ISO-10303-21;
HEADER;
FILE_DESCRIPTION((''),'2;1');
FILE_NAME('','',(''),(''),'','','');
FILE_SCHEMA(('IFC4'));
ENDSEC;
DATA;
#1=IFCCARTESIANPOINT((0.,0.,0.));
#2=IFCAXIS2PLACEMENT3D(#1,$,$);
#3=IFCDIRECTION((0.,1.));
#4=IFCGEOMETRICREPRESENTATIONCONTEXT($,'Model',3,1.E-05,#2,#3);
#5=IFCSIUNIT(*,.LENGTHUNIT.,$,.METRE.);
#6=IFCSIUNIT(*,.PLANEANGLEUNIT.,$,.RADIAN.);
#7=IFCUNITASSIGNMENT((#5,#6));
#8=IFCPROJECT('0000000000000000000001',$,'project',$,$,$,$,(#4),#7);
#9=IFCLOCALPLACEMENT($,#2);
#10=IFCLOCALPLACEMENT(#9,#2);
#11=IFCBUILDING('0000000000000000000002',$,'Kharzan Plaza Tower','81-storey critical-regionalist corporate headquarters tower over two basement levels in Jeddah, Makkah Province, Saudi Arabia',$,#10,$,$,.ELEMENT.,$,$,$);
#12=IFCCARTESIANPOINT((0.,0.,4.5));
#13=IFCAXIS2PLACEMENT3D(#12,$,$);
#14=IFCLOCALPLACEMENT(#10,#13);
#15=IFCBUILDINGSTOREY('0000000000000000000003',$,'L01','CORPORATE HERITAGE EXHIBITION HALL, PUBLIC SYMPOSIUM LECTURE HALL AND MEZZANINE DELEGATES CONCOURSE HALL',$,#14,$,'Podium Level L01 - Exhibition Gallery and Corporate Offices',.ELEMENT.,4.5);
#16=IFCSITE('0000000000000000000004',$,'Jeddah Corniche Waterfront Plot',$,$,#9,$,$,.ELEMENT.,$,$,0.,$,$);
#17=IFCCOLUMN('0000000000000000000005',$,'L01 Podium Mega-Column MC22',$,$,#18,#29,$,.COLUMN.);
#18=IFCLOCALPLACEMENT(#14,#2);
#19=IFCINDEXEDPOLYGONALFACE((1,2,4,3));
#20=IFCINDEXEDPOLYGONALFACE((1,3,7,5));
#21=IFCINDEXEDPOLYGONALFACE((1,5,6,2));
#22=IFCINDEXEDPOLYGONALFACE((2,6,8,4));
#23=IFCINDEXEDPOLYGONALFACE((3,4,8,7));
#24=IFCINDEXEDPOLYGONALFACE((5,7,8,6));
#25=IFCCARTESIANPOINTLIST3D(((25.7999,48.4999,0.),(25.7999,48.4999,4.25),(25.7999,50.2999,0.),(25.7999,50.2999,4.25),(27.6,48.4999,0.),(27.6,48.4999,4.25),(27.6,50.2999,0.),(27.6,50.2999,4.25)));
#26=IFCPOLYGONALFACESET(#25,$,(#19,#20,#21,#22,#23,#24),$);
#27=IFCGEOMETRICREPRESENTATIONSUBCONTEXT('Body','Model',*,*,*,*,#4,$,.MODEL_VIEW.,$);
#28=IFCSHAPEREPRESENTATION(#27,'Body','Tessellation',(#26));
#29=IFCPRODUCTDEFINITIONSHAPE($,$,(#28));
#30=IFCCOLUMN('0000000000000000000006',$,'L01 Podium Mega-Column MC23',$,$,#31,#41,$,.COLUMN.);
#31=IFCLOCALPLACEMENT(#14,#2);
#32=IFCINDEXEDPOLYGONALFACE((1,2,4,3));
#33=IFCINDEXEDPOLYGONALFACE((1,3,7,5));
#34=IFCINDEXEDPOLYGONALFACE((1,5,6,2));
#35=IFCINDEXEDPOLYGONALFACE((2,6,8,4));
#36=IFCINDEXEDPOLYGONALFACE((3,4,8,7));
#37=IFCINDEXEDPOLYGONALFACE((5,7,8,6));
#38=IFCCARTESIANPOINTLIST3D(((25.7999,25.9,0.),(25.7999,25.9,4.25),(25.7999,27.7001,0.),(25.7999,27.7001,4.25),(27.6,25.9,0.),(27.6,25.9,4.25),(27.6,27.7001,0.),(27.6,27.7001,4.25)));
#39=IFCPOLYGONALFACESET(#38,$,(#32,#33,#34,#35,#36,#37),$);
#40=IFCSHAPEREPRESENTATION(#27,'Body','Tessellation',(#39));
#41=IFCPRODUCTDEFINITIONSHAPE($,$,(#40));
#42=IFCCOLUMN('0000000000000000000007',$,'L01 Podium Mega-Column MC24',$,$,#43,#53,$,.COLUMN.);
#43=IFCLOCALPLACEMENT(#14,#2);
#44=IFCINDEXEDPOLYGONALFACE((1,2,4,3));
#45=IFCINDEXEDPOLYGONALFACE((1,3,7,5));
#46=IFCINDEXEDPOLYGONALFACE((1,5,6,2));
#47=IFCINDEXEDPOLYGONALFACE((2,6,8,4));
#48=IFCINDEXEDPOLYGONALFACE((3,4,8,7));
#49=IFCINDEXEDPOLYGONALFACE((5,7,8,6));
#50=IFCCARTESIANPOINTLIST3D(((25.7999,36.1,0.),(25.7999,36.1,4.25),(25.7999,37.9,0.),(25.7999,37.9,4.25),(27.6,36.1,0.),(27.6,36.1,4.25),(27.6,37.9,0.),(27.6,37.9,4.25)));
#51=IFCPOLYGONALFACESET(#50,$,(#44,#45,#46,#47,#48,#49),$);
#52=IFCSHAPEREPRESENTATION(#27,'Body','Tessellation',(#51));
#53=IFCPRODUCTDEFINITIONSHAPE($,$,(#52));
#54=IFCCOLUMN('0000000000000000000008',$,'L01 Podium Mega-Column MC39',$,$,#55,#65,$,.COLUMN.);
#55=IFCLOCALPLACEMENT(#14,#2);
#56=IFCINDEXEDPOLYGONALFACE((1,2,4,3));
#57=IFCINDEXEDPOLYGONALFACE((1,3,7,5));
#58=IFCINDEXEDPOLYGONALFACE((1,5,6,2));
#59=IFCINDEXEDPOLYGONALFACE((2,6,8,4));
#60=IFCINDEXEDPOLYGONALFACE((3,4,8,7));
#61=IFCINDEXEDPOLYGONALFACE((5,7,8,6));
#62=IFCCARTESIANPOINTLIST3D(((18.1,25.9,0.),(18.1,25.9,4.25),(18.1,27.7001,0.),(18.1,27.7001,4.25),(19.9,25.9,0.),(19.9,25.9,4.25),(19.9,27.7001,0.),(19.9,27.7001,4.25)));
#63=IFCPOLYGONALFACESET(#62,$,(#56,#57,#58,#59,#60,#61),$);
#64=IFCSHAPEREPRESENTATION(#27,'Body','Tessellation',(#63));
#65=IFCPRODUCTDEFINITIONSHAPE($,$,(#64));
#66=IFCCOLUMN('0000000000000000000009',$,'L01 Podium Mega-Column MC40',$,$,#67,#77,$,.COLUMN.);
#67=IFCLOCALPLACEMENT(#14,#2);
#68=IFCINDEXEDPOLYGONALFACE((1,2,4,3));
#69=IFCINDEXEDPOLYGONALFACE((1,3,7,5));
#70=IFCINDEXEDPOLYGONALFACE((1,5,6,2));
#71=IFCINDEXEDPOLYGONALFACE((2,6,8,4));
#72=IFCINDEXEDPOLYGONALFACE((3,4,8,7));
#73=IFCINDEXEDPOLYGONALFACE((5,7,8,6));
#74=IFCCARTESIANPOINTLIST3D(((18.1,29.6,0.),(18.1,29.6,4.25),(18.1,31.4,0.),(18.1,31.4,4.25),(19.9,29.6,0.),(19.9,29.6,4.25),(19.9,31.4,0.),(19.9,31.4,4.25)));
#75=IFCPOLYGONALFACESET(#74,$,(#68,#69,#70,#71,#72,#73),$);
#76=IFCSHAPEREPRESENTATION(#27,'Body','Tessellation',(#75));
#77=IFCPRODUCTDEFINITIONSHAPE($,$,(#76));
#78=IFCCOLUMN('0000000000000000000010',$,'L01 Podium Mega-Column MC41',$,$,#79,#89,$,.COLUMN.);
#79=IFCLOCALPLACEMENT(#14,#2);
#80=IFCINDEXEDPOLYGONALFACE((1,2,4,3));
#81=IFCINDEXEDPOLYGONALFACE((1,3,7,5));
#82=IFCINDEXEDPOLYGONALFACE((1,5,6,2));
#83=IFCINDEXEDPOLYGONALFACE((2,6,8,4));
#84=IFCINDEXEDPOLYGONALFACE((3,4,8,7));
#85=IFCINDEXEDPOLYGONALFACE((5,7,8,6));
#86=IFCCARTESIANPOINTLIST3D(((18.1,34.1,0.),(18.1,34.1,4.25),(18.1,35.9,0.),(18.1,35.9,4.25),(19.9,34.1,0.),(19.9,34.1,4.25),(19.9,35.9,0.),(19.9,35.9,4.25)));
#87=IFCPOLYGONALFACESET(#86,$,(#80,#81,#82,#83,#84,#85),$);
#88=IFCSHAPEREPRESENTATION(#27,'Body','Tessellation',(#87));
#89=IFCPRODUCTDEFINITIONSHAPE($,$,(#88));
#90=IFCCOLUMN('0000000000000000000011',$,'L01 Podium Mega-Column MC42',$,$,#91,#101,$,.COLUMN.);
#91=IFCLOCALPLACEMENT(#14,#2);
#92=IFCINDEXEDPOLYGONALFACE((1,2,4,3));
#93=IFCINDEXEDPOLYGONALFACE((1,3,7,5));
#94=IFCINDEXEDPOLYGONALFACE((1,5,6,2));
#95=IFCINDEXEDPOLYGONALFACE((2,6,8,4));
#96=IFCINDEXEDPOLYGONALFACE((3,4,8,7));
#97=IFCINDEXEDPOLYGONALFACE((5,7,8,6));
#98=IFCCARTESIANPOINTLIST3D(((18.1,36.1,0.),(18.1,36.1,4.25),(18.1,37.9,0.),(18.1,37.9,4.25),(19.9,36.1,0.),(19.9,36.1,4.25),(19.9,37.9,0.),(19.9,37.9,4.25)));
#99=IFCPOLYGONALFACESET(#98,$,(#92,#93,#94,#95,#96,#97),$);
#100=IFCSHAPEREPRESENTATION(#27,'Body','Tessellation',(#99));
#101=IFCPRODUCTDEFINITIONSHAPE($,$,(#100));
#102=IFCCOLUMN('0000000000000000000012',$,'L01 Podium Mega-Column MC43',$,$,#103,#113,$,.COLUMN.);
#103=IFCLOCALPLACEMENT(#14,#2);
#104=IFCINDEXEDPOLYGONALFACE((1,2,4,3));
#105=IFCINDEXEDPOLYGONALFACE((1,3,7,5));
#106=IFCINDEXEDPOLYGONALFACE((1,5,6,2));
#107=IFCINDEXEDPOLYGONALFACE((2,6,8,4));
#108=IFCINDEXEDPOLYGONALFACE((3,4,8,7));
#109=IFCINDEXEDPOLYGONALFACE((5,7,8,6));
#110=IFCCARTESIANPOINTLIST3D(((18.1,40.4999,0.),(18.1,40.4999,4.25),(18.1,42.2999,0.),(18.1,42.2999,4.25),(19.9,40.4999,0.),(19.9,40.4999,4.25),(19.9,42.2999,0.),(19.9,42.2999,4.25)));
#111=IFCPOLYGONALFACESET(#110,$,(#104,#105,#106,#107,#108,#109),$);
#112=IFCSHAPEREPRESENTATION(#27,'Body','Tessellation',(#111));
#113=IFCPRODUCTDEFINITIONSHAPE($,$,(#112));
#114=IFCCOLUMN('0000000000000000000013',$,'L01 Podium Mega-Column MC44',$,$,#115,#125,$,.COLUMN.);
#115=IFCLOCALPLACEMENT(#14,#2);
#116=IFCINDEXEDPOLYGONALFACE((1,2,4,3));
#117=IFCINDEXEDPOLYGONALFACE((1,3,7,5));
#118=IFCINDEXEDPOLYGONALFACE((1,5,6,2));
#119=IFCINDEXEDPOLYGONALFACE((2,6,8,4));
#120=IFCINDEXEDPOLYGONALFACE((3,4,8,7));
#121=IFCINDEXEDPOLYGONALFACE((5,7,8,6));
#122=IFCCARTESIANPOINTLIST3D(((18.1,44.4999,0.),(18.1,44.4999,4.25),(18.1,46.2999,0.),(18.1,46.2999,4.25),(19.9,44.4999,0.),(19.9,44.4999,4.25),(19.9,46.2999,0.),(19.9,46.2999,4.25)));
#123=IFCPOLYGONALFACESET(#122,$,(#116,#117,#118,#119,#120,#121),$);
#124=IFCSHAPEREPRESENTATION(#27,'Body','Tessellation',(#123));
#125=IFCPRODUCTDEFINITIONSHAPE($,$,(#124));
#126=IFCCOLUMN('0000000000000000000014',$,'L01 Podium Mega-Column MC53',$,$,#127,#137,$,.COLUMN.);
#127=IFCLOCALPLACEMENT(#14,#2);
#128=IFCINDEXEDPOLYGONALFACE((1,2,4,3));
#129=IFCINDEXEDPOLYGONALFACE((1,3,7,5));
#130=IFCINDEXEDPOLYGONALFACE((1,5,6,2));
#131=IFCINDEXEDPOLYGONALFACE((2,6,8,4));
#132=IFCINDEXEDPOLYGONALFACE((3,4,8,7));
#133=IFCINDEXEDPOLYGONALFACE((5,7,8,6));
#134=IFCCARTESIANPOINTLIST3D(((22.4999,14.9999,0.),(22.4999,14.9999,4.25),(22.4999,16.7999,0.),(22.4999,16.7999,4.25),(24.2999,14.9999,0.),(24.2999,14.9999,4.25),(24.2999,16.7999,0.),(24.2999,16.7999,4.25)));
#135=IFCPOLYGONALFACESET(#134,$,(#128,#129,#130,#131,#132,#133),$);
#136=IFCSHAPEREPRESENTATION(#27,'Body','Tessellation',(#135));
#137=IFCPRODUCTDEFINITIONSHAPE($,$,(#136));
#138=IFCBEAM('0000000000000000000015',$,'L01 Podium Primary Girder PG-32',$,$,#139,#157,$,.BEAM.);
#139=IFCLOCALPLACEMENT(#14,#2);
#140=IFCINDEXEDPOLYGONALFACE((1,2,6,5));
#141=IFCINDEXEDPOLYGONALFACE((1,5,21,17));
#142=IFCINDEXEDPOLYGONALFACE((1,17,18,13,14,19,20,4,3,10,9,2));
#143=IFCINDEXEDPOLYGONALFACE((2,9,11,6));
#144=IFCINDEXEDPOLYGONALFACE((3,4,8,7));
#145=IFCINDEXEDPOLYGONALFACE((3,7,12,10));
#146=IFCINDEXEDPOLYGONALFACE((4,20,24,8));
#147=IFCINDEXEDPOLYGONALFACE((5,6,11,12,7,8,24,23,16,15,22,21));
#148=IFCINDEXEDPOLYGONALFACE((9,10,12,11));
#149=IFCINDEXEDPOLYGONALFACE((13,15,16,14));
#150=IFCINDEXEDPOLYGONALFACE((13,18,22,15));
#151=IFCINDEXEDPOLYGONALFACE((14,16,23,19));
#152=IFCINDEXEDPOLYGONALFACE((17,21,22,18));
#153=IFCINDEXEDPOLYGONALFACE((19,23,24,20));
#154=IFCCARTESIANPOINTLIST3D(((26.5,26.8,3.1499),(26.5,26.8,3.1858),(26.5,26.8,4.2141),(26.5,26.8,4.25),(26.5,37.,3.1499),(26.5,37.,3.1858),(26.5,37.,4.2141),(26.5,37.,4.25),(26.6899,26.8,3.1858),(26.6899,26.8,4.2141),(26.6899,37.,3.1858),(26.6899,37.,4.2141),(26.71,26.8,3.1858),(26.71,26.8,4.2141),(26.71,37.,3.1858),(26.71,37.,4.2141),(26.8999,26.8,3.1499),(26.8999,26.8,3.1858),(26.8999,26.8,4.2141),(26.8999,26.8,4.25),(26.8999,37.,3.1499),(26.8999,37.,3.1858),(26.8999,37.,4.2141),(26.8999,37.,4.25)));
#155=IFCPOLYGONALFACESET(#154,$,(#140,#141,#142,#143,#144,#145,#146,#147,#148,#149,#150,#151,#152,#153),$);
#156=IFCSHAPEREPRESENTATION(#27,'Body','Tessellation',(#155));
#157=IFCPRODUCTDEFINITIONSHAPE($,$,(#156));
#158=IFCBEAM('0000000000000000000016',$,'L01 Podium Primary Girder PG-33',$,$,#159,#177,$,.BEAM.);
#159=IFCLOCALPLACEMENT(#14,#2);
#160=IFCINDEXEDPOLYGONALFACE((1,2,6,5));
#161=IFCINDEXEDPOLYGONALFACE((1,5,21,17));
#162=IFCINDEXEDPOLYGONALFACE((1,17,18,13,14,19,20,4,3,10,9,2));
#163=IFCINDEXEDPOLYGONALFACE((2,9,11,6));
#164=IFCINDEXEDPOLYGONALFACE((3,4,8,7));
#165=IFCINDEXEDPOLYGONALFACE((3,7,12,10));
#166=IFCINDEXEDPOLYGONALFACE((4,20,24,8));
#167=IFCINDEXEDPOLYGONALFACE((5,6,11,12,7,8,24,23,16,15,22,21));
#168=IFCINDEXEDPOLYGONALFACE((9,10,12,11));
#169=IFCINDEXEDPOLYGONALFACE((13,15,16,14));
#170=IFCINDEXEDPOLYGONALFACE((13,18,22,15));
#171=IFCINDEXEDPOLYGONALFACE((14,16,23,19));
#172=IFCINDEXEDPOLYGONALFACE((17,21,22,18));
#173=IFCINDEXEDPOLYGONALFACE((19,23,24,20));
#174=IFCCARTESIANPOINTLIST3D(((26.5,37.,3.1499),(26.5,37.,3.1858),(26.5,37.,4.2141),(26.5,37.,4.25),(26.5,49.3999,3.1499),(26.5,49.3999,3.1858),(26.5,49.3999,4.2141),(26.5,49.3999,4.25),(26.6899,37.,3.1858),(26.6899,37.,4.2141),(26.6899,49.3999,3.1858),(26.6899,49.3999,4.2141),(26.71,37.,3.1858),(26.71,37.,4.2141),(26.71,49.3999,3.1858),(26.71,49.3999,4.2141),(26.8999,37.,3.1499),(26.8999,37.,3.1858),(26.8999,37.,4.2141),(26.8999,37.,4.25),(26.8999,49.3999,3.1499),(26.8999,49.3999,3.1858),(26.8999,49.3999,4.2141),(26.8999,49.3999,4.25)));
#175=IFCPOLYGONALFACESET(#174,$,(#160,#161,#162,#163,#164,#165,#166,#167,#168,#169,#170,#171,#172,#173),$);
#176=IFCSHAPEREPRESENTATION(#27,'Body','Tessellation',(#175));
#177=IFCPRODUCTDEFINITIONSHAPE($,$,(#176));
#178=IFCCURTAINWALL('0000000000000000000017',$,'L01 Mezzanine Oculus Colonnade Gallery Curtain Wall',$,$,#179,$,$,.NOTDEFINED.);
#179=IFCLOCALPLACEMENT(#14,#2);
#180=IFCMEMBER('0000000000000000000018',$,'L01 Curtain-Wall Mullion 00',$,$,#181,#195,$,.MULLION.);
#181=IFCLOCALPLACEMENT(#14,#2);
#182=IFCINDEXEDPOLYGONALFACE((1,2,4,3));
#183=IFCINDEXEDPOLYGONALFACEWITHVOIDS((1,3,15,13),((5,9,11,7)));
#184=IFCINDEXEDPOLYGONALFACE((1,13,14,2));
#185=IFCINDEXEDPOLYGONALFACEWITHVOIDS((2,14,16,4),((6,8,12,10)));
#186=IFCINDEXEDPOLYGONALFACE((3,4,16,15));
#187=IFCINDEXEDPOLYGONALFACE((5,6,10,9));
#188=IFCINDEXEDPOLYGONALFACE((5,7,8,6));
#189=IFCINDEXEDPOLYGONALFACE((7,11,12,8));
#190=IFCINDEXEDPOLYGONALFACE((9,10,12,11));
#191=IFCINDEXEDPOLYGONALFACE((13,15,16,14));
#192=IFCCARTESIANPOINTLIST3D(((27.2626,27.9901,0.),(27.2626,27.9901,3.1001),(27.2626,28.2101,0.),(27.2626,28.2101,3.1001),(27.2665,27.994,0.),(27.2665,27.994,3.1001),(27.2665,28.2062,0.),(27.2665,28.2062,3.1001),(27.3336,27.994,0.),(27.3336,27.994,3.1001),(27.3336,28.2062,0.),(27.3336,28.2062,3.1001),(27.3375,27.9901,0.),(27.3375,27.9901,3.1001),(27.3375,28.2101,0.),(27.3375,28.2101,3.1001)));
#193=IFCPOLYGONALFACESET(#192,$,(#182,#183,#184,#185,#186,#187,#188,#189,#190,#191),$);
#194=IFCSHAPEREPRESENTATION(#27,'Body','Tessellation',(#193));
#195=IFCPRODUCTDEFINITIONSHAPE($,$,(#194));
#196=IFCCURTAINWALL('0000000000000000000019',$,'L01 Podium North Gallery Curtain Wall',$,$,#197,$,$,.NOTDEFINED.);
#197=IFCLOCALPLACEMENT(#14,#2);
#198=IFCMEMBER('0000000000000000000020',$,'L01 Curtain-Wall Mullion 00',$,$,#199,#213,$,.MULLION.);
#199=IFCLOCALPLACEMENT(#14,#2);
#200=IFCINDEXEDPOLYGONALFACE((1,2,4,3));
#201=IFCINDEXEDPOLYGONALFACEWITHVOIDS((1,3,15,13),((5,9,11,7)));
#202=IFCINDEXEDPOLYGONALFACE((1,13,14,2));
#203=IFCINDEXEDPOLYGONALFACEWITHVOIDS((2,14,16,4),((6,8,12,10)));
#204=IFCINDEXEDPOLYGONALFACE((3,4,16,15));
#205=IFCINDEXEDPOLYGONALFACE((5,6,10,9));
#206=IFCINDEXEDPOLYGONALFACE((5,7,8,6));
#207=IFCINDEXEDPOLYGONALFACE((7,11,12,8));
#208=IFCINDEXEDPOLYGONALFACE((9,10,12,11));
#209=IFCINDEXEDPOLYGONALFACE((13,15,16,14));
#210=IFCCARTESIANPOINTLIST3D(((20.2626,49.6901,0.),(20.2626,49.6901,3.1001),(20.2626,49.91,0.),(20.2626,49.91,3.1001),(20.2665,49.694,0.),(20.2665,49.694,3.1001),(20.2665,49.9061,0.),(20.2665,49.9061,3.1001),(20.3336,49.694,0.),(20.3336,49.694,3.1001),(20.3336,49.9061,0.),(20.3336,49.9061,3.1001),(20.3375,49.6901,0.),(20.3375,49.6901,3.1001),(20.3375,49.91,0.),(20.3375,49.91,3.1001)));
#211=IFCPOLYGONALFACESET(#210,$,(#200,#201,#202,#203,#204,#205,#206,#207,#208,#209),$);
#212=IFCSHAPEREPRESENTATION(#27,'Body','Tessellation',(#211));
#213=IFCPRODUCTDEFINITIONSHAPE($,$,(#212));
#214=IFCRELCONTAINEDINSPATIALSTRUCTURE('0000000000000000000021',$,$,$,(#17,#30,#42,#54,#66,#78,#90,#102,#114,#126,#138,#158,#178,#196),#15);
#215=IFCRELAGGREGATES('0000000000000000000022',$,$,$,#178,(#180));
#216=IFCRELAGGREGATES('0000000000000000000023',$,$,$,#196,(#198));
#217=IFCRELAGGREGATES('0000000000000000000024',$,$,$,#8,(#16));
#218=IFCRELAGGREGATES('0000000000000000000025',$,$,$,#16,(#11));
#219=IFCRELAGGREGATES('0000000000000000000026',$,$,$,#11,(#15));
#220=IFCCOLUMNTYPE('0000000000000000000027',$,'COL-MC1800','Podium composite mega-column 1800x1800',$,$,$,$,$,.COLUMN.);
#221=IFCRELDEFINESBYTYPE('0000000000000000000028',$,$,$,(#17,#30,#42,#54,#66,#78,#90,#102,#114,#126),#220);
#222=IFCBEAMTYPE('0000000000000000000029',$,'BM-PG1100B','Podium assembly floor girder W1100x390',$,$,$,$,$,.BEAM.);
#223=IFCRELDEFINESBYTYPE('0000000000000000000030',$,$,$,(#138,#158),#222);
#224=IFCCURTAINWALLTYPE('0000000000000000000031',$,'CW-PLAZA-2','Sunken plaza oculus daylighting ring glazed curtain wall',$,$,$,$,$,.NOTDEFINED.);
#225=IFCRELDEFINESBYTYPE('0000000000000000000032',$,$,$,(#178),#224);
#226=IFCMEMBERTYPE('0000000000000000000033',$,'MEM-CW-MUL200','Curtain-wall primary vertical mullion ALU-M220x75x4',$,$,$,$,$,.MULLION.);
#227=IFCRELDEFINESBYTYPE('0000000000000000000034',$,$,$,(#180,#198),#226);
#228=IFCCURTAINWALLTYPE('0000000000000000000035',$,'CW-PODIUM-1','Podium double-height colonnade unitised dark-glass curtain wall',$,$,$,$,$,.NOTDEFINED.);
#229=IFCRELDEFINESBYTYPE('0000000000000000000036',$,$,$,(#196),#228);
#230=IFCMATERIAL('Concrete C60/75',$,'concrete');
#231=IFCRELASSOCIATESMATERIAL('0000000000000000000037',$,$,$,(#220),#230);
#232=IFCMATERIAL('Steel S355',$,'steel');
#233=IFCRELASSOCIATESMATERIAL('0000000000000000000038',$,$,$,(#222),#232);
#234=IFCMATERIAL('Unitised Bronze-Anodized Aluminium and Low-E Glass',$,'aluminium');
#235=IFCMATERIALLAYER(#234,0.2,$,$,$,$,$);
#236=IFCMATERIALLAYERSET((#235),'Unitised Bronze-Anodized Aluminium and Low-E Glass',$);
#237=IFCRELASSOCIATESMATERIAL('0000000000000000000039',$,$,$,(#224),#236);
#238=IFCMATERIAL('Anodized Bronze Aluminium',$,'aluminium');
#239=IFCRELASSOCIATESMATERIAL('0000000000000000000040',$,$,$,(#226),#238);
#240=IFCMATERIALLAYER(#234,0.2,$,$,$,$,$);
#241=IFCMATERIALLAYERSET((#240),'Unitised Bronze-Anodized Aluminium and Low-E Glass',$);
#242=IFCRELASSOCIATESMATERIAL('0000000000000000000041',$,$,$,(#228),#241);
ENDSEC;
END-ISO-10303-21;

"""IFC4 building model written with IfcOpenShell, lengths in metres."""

from ifc_helpers import new_model, si_unit, direction, frame, origin, origin_2d, place, context, subcontext, project, spatial, rectangle, hollow_rectangle, i_section, extrude, source, transform, mapped, material, layer, layer_set, material_profile, profile_set, type_object, element, aggregate, save


model = new_model("IFC4")

# Units and contexts
model_context = context("Model", 3, precision=1e-05, world=origin(), true_north=direction((0.0, 1.0)))
body_context = subcontext(model_context, "Body", "Model", "MODEL_VIEW")
ifc_project = project(units=[si_unit("LENGTHUNIT", "METRE"), si_unit("PLANEANGLEUNIT", "RADIAN")], contexts=[model_context])

# Site, building, storey
site_placement = place(None, origin())
site = spatial("IfcSite", under=ifc_project, at=site_placement, Name="Jeddah Corniche Waterfront Plot", CompositionType="ELEMENT", RefElevation=0.0)
building_placement = place(site_placement, origin())
building = spatial("IfcBuilding", under=site, at=building_placement, Name="Kharzan Plaza Tower", Description="81-storey critical-regionalist corporate headquarters tower over two basement levels in Jeddah, Makkah Province, Saudi Arabia", CompositionType="ELEMENT")
storey_placement = place(building_placement, frame((0.0, 0.0, 4.5)))
storey = spatial("IfcBuildingStorey", under=building, at=storey_placement, Name="L01", Description="CORPORATE HERITAGE EXHIBITION HALL, PUBLIC SYMPOSIUM LECTURE HALL AND MEZZANINE DELEGATES CONCOURSE HALL", LongName="Podium Level L01 - Exhibition Gallery and Corporate Offices", CompositionType="ELEMENT", Elevation=4.5)

# Columns
ifc_material_1 = material(Name="Concrete C60/75", Category="concrete")
ifc_material_profile_1 = material_profile(ifc_material_1, rectangle(XDim=1.8, YDim=1.8, at=origin_2d()), Name="RC-MC1800x1800")
ifc_profile_set_1 = profile_set([ifc_material_profile_1], Name="Concrete C60/75")
column_type = type_object("IfcColumnType", Name="COL-MC1800", Description="Podium composite mega-column 1800x1800", PredefinedType="COLUMN", material=ifc_profile_set_1)
shared_shape_1 = source(origin(), body_context, "Body", "SweptSolid", [
    extrude(rectangle(XDim=1.8, YDim=1.8, at=origin_2d()), origin(), (0.0, 0.0, 1.0), 4.25),
])
for number, where, z_axis, x_axis, name in (
    (1, (26.7, 49.3999, 0.0), (0.0, 0.0, 1.0), (1.0, 0.0, 0.0), "L01 Podium Mega-Column MC22"),
    (2, (26.7, 26.8, 0.0), (0.0, 0.0, 1.0), (1.0, 0.0, 0.0), "L01 Podium Mega-Column MC23"),
    (3, (26.7, 37.0, 0.0), (0.0, 0.0, 1.0), (1.0, 0.0, 0.0), "L01 Podium Mega-Column MC24"),
    (4, (19.0, 26.8, 0.0), (0.0, 0.0, 1.0), (1.0, 0.0, 0.0), "L01 Podium Mega-Column MC39"),
    (5, (19.0, 30.5, 0.0), (0.0, 0.0, 1.0), (1.0, 0.0, 0.0), "L01 Podium Mega-Column MC40"),
    (6, (19.0, 35.0, 0.0), (0.0, 0.0, 1.0), (1.0, 0.0, 0.0), "L01 Podium Mega-Column MC41"),
    (7, (19.0, 37.0, 0.0), (0.0, 0.0, 1.0), (1.0, 0.0, 0.0), "L01 Podium Mega-Column MC42"),
    (8, (19.0, 41.3999, 0.0), (0.0, 0.0, 1.0), (1.0, 0.0, 0.0), "L01 Podium Mega-Column MC43"),
    (9, (19.0, 45.3999, 0.0), (0.0, 0.0, 1.0), (1.0, 0.0, 0.0), "L01 Podium Mega-Column MC44"),
    (10, (23.3999, 15.8999, 0.0), (0.0, 0.0, 1.0), (1.0, 0.0, 0.0), "L01 Podium Mega-Column MC53"),
):
    element("IfcColumn", number, at=place(storey_placement, frame(where, z_axis=z_axis, x_axis=x_axis)), inside=storey, type_object=column_type, Name=name, PredefinedType="COLUMN", context=body_context, shape_type="MappedRepresentation", body=[
        mapped(shared_shape_1, transform((0.0, 0.0, 0.0), x_axis=(1.0, 0.0, 0.0), y_axis=(0.0, 1.0, 0.0), z_axis=(0.0, 0.0, 1.0))),
    ])

# Beams
ifc_material_2 = material(Name="Steel S355", Category="steel")
ifc_material_profile_2 = material_profile(ifc_material_2, i_section(OverallWidth=0.3999, OverallDepth=1.1001, WebThickness=0.02, FlangeThickness=0.0359, at=origin_2d()), Name="W1100x390")
ifc_profile_set_2 = profile_set([ifc_material_profile_2], Name="Steel S355")
beam_type = type_object("IfcBeamType", Name="BM-PG1100B", Description="Podium assembly floor girder W1100x390", PredefinedType="BEAM", material=ifc_profile_set_2)
shared_shape_2 = source(origin(), body_context, "Body", "SweptSolid", [
    extrude(i_section(OverallWidth=0.3999, OverallDepth=1.1001, WebThickness=0.02, FlangeThickness=0.0359, at=origin_2d()), origin(), (0.0, 0.0, 1.0), 10.2),
])
beam_1_placement = place(storey_placement, frame((26.7, 26.8, 3.7), z_axis=(0.0, 1.0, 0.0), x_axis=(-1.0, 0.0, 0.0)))
element("IfcBeam", 11, at=beam_1_placement, inside=storey, type_object=beam_type, Name="L01 Podium Primary Girder PG-32", PredefinedType="BEAM", context=body_context, shape_type="MappedRepresentation", body=[
    mapped(shared_shape_2, transform((0.0, 0.0, 0.0), x_axis=(1.0, 0.0, 0.0), y_axis=(0.0, 1.0, 0.0), z_axis=(0.0, 0.0, 1.0))),
])
shared_shape_3 = source(origin(), body_context, "Body", "SweptSolid", [
    extrude(i_section(OverallWidth=0.3999, OverallDepth=1.1001, WebThickness=0.02, FlangeThickness=0.0359, at=origin_2d()), origin(), (0.0, 0.0, 1.0), 12.3999),
])
beam_2_placement = place(storey_placement, frame((26.7, 37.0, 3.7), z_axis=(0.0, 1.0, 0.0), x_axis=(-1.0, 0.0, 0.0)))
element("IfcBeam", 12, at=beam_2_placement, inside=storey, type_object=beam_type, Name="L01 Podium Primary Girder PG-33", PredefinedType="BEAM", context=body_context, shape_type="MappedRepresentation", body=[
    mapped(shared_shape_3, transform((0.0, 0.0, 0.0), x_axis=(1.0, 0.0, 0.0), y_axis=(0.0, 1.0, 0.0), z_axis=(0.0, 0.0, 1.0))),
])

# Curtain wall, member
ifc_material_3 = material(Name="Unitised Bronze-Anodized Aluminium and Low-E Glass", Category="aluminium")
ifc_layer_1 = layer(ifc_material_3, 0.2)
ifc_layer_set_1 = layer_set([ifc_layer_1], Name="Unitised Bronze-Anodized Aluminium and Low-E Glass")
curtain_wall_type_1 = type_object("IfcCurtainWallType", Name="CW-PLAZA-2", Description="Sunken plaza oculus daylighting ring glazed curtain wall", PredefinedType="NOTDEFINED", material=ifc_layer_set_1)
curtain_wall_1_placement = place(storey_placement, origin())
curtain_wall_1 = element("IfcCurtainWall", 13, at=curtain_wall_1_placement, inside=storey, type_object=curtain_wall_type_1, Name="L01 Mezzanine Oculus Colonnade Gallery Curtain Wall", PredefinedType="NOTDEFINED")
ifc_material_4 = material(Name="Anodized Bronze Aluminium", Category="aluminium")
ifc_material_profile_3 = material_profile(ifc_material_4, hollow_rectangle(XDim=0.075, YDim=0.22, WallThickness=0.0039, at=origin_2d()), Name="ALU-M220x75x4")
ifc_profile_set_3 = profile_set([ifc_material_profile_3], Name="Anodized Bronze Aluminium")
member_type_1 = type_object("IfcMemberType", Name="MEM-CW-MUL200", Description="Curtain-wall primary vertical mullion ALU-M220x75x4", PredefinedType="MULLION", material=ifc_profile_set_3)
shared_shape_4 = source(origin(), body_context, "Body", "SweptSolid", [
    extrude(hollow_rectangle(XDim=0.075, YDim=0.22, WallThickness=0.0039, at=origin_2d()), origin(), (0.0, 0.0, 1.0), 3.1001),
])
member_1_placement = place(storey_placement, frame((27.3, 28.1001, 0.0), z_axis=(0.0, 0.0, 1.0), x_axis=(1.0, 0.0, 0.0)))
member_1 = element("IfcMember", 14, at=member_1_placement, type_object=member_type_1, Name="L01 Curtain-Wall Mullion 00", PredefinedType="MULLION", context=body_context, shape_type="MappedRepresentation", body=[
    mapped(shared_shape_4, transform((0.0, 0.0, 0.0), x_axis=(1.0, 0.0, 0.0), y_axis=(0.0, 1.0, 0.0), z_axis=(0.0, 0.0, 1.0))),
])

# Curtain wall, member
ifc_layer_2 = layer(ifc_material_3, 0.2)
ifc_layer_set_2 = layer_set([ifc_layer_2], Name="Unitised Bronze-Anodized Aluminium and Low-E Glass")
curtain_wall_type_2 = type_object("IfcCurtainWallType", Name="CW-PODIUM-1", Description="Podium double-height colonnade unitised dark-glass curtain wall", PredefinedType="NOTDEFINED", material=ifc_layer_set_2)
curtain_wall_2_placement = place(storey_placement, origin())
curtain_wall_2 = element("IfcCurtainWall", 15, at=curtain_wall_2_placement, inside=storey, type_object=curtain_wall_type_2, Name="L01 Podium North Gallery Curtain Wall", PredefinedType="NOTDEFINED")
member_2_placement = place(storey_placement, frame((20.3, 49.8, 0.0), z_axis=(0.0, 0.0, 1.0), x_axis=(1.0, 0.0, 0.0)))
member_2 = element("IfcMember", 16, at=member_2_placement, type_object=member_type_1, Name="L01 Curtain-Wall Mullion 00", PredefinedType="MULLION", context=body_context, shape_type="MappedRepresentation", body=[
    mapped(shared_shape_4, transform((0.0, 0.0, 0.0), x_axis=(1.0, 0.0, 0.0), y_axis=(0.0, 1.0, 0.0), z_axis=(0.0, 0.0, 1.0))),
])

aggregate(curtain_wall_1, [member_1])

aggregate(curtain_wall_2, [member_2])

save(model, "model.ifc")
